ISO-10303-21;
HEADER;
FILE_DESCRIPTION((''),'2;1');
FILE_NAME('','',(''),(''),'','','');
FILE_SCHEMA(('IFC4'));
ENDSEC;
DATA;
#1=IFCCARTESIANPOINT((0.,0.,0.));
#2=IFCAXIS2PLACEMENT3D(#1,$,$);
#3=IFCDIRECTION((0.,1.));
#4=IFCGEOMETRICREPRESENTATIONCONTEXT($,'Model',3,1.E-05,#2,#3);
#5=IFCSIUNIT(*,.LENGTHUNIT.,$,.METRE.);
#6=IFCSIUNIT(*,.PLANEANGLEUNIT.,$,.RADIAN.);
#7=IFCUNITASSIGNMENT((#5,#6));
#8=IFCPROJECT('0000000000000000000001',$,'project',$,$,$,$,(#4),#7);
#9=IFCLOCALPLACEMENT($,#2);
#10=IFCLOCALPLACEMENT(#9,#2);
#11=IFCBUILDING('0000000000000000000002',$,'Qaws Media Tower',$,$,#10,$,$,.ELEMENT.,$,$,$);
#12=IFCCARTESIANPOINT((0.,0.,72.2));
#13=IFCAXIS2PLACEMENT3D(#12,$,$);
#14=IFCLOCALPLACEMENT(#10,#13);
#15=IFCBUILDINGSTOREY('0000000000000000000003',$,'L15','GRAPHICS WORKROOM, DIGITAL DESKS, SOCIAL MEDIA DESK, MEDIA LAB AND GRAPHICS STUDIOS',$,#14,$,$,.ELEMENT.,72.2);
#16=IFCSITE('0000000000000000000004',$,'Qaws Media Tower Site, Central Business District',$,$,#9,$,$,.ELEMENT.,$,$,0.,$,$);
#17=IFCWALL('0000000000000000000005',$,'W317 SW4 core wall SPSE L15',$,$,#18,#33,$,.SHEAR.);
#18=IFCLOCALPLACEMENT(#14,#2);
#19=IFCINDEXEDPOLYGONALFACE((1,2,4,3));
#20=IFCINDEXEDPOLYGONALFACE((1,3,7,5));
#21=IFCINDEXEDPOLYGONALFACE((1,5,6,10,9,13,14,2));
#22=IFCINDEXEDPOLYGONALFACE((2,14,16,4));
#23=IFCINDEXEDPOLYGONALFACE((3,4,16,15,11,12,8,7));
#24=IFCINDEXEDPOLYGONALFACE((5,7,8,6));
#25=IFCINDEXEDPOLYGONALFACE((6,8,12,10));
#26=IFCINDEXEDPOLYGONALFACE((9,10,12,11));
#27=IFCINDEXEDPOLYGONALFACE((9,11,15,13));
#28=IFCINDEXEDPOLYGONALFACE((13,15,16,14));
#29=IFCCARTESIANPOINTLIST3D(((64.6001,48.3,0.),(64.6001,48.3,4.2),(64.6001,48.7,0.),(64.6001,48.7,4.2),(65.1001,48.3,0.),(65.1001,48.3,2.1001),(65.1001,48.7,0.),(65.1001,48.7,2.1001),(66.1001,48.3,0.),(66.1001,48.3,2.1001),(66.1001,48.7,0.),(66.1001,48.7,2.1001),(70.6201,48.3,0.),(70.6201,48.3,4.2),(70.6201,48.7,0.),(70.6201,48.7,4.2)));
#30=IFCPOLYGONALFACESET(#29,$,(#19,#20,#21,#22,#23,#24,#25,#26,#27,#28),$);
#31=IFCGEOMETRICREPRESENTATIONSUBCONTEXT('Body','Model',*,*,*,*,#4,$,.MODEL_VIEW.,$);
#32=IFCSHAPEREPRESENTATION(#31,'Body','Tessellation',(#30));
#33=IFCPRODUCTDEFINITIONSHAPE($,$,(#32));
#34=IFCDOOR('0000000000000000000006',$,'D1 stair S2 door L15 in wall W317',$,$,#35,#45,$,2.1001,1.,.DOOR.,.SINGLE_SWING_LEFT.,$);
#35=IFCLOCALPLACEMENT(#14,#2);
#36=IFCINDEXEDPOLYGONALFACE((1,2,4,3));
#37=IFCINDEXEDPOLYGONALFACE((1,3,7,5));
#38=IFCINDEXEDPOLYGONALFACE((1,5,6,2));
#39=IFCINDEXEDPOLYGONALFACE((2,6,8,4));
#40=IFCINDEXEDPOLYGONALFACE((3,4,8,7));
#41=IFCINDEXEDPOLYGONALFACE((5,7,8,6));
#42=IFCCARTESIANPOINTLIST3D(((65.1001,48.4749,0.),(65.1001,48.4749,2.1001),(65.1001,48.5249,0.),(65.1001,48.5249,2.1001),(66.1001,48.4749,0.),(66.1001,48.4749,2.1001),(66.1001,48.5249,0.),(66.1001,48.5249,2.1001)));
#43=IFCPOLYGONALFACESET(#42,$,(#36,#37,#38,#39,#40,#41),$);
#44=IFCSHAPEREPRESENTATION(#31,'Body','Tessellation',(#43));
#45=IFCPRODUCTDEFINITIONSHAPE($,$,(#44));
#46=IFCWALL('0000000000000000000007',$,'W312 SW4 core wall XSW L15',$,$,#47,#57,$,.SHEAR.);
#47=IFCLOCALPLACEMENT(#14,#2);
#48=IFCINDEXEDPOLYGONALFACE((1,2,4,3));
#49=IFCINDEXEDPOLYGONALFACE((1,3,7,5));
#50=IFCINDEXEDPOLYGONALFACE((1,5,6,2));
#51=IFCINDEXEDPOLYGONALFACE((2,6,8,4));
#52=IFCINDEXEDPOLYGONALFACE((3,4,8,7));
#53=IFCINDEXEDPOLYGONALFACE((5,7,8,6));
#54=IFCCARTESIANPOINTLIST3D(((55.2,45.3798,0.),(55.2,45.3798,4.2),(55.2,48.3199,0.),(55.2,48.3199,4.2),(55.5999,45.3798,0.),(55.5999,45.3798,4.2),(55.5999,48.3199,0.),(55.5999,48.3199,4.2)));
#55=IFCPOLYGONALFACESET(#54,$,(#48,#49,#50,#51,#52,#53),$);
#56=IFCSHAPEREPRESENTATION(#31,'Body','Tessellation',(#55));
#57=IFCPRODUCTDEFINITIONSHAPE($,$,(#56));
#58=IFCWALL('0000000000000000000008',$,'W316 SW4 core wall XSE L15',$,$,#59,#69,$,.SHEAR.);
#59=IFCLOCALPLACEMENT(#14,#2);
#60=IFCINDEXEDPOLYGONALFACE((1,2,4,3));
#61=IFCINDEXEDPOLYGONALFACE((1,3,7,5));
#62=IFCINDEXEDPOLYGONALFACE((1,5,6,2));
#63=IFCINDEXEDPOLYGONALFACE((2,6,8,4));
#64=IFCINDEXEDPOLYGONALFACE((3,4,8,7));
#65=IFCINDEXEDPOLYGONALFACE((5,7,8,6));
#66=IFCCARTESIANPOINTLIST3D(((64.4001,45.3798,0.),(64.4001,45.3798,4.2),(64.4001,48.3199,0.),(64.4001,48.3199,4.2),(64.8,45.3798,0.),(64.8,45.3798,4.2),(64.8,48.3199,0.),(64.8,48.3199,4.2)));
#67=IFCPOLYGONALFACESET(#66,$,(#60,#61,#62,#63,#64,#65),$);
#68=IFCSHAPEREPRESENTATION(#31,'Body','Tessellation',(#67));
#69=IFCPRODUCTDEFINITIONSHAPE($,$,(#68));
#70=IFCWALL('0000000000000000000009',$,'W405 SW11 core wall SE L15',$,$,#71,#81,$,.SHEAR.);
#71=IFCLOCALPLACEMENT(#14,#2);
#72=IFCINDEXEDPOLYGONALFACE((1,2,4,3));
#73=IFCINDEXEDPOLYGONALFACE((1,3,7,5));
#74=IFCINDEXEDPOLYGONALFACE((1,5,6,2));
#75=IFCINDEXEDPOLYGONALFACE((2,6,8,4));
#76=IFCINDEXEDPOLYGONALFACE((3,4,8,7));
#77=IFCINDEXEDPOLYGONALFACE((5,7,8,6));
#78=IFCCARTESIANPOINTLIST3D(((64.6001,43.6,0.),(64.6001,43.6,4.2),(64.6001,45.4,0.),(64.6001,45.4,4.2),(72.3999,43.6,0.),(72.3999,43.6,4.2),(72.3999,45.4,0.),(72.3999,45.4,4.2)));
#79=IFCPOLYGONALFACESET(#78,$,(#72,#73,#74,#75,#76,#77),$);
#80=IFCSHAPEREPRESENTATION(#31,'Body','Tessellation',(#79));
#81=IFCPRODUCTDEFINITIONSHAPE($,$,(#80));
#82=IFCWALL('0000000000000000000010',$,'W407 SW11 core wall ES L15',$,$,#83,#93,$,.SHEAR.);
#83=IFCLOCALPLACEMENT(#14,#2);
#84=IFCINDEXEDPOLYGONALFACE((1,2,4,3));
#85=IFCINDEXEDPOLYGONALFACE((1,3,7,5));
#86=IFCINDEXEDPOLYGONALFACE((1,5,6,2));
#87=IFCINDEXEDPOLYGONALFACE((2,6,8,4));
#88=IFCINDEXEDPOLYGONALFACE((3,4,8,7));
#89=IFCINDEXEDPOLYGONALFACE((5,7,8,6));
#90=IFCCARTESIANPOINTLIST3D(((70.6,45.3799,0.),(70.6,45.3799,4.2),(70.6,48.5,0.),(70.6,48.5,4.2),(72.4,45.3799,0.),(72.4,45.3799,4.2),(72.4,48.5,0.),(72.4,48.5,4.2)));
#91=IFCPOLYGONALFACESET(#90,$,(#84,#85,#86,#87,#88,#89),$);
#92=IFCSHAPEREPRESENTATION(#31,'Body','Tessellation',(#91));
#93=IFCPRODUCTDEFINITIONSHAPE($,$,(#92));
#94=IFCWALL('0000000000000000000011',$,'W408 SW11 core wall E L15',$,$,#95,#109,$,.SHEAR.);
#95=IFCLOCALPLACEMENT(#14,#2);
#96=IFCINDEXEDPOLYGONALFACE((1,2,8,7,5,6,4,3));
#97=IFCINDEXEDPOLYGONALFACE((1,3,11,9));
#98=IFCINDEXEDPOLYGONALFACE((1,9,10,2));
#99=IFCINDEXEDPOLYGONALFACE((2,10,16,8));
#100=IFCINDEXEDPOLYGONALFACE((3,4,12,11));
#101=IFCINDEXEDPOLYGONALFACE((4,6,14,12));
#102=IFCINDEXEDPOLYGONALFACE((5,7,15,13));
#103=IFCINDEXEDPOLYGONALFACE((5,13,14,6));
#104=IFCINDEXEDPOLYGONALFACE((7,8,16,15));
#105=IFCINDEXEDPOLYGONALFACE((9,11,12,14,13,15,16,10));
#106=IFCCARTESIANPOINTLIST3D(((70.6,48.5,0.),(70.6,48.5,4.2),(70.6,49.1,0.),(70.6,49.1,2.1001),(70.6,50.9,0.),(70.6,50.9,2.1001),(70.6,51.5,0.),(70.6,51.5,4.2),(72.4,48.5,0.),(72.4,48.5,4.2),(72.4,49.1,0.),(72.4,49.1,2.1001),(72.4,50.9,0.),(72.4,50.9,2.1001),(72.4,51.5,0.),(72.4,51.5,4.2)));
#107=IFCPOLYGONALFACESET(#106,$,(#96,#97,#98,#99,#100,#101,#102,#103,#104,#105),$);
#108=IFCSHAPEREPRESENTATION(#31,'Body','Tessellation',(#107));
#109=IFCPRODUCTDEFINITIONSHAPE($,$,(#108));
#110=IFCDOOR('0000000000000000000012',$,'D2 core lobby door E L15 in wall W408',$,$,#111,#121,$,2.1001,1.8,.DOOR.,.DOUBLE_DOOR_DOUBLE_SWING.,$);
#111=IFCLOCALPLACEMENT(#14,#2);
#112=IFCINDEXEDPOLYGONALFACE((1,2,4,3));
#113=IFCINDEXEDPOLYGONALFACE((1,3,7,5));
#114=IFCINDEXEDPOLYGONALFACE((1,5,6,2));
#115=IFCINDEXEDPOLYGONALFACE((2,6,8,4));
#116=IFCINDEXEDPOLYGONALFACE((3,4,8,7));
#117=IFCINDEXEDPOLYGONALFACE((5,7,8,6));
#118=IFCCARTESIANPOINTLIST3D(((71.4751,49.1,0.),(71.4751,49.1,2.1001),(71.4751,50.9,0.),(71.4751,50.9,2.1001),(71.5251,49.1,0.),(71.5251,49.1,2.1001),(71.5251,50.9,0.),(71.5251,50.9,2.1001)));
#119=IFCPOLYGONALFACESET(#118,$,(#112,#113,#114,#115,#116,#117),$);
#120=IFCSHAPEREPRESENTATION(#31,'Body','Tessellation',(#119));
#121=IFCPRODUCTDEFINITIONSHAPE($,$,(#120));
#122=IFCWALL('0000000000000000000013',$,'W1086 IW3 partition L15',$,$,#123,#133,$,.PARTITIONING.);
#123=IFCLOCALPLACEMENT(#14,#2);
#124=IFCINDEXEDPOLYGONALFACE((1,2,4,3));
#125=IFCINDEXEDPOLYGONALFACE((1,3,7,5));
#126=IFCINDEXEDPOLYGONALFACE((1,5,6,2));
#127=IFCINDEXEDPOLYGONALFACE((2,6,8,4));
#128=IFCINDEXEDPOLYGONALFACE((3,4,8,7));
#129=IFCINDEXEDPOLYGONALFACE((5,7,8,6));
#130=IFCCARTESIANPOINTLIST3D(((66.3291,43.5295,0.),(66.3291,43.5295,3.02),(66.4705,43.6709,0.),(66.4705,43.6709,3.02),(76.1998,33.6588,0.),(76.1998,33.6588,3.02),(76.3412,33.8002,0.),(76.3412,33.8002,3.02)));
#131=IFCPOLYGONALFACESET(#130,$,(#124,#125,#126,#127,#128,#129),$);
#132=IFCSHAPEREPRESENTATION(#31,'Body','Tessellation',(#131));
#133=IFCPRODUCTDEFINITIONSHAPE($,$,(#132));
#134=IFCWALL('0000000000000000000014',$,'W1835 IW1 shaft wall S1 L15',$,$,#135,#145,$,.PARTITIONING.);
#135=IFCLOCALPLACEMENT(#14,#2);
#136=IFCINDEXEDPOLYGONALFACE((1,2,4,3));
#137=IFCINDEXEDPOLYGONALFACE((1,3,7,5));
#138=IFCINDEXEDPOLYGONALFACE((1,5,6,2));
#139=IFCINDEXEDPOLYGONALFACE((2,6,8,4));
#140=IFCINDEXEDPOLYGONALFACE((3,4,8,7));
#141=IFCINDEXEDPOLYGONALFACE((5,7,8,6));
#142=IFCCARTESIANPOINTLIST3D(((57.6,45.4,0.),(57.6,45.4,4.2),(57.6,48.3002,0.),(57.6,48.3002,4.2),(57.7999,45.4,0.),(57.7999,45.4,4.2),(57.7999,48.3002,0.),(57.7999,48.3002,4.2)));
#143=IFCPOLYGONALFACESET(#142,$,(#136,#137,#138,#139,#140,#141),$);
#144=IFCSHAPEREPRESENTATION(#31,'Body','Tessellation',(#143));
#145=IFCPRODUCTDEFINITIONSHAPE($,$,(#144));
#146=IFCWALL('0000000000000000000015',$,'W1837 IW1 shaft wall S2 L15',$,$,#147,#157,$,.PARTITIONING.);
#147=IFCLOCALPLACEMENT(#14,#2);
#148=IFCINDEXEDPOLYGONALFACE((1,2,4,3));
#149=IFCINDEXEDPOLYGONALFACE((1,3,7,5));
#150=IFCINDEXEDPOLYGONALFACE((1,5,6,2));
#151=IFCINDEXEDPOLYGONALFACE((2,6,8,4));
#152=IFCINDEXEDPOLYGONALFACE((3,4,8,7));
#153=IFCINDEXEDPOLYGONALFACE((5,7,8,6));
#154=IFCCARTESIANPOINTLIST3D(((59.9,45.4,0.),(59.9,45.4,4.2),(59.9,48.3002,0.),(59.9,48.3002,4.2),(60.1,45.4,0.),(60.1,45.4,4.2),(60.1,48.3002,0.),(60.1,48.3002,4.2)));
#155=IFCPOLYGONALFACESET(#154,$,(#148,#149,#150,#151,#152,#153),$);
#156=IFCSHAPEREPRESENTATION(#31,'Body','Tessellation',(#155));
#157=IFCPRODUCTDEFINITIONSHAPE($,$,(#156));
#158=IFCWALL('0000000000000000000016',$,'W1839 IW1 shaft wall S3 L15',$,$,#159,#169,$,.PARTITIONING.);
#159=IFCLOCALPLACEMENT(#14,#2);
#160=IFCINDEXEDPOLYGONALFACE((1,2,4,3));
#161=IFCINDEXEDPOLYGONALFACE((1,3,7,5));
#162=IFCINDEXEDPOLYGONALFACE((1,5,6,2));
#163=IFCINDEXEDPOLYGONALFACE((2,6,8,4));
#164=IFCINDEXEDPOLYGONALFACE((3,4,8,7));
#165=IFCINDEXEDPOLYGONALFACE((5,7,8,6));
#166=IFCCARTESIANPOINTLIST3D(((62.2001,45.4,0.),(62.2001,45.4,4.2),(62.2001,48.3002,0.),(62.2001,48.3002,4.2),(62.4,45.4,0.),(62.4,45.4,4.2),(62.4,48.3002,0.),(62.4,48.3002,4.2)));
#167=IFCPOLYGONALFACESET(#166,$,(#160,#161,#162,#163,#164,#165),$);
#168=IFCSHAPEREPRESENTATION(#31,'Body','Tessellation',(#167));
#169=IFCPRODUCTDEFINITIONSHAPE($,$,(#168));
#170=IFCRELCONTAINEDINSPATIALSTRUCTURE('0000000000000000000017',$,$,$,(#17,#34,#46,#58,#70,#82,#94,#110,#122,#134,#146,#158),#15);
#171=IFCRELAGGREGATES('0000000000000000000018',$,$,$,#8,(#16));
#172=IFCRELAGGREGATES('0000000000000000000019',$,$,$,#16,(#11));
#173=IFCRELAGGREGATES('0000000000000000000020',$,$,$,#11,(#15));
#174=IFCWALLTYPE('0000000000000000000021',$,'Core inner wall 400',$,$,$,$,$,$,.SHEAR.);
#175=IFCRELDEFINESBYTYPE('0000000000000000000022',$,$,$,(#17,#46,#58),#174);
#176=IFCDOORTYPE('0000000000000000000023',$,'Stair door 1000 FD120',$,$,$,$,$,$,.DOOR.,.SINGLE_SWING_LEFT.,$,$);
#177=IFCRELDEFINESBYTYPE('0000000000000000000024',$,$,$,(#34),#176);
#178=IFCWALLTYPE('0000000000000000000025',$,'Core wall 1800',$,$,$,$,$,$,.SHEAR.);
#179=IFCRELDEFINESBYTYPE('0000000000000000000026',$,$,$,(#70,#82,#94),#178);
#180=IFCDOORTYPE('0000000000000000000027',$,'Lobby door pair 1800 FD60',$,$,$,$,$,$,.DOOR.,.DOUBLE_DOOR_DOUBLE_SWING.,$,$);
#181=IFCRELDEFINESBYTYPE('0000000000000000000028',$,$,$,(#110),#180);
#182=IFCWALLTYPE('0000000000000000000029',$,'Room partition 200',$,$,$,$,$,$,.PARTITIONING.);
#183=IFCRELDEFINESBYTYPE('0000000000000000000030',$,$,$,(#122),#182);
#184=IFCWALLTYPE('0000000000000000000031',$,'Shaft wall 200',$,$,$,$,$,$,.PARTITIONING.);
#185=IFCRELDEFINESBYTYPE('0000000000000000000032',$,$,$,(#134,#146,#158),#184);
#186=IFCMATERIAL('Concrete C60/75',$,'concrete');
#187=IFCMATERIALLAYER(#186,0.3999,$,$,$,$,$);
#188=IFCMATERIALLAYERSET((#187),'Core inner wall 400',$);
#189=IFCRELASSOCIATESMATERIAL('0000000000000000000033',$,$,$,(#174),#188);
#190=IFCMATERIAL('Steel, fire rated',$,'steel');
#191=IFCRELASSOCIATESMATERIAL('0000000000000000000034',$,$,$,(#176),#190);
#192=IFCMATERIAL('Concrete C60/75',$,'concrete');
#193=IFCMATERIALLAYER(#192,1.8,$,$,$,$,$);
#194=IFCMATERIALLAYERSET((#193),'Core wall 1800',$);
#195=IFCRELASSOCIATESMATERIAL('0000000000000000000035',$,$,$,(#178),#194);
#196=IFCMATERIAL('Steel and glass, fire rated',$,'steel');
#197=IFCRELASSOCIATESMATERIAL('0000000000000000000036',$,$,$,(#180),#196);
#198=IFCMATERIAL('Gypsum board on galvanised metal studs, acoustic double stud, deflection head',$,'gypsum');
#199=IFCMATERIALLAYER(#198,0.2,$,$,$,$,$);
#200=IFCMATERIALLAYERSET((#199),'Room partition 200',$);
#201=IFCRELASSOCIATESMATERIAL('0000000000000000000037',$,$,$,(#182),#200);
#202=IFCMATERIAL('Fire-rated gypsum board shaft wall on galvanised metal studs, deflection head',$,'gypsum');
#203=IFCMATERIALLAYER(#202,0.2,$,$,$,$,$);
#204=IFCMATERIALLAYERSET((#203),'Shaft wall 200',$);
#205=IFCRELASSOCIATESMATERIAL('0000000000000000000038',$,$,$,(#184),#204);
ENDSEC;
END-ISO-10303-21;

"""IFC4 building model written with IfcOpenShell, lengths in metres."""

from ifc_helpers import new_model, si_unit, direction, frame, frame_2d, origin, place, context, subcontext, project, spatial, rectangle, extrude, material, layer, layer_set, type_object, element, fill, save


model = new_model("IFC4")

# Units and contexts
model_context = context("Model", 3, precision=1e-05, world=origin(), true_north=direction((0.0, 1.0)))
body_context = subcontext(model_context, "Body", "Model", "MODEL_VIEW")
ifc_project = project(units=[si_unit("LENGTHUNIT", "METRE"), si_unit("PLANEANGLEUNIT", "RADIAN")], contexts=[model_context])

# Site, building, storey
site_placement = place(None, origin())
site = spatial("IfcSite", under=ifc_project, at=site_placement, Name="Qaws Media Tower Site, Central Business District", CompositionType="ELEMENT", RefElevation=0.0)
building_placement = place(site_placement, origin())
building = spatial("IfcBuilding", under=site, at=building_placement, Name="Qaws Media Tower", CompositionType="ELEMENT")
storey_placement = place(building_placement, frame((0.0, 0.0, 72.2)))
storey = spatial("IfcBuildingStorey", under=building, at=storey_placement, Name="L15", Description="GRAPHICS WORKROOM, DIGITAL DESKS, SOCIAL MEDIA DESK, MEDIA LAB AND GRAPHICS STUDIOS", CompositionType="ELEMENT", Elevation=72.2)

# Wall, opening, door
ifc_material_1 = material(Name="Concrete C60/75", Category="concrete")
ifc_layer_1 = layer(ifc_material_1, 0.3999)
ifc_layer_set_1 = layer_set([ifc_layer_1], Name="Core inner wall 400")
wall_type_1 = type_object("IfcWallType", Name="Core inner wall 400", PredefinedType="SHEAR", material=ifc_layer_set_1)
wall_1_placement = place(storey_placement, frame((64.6001, 48.5, 0.0), z_axis=(0.0, 0.0, 1.0), x_axis=(1.0, 0.0, 0.0)))
wall_1 = element("IfcWall", 1, at=wall_1_placement, inside=storey, type_object=wall_type_1, Name="W317 SW4 core wall SPSE L15", PredefinedType="SHEAR", context=body_context, shape_type="SweptSolid", body=[
    extrude(rectangle(XDim=6.02, YDim=0.3999, at=frame_2d((3.01, 0.0))), origin(), (0.0, 0.0, 1.0), 4.2),
])
opening_1_placement = place(wall_1_placement, frame((0.5, 0.0, 0.0)))
opening_1 = element("IfcOpeningElement", 2, at=opening_1_placement, cuts=wall_1, PredefinedType="OPENING", context=body_context, shape_type="SweptSolid", body=[
    extrude(rectangle(XDim=1.0, YDim=2.1001, at=frame_2d((0.5, 1.05))), frame((0.0, 0.21, 0.0), z_axis=(0.0, -1.0, 0.0), x_axis=(1.0, 0.0, 0.0)), (0.0, 0.0, 1.0), 0.4199),
])
ifc_material_2 = material(Name="Steel, fire rated", Category="steel")
door_type_1 = type_object("IfcDoorType", Name="Stair door 1000 FD120", OperationType="SINGLE_SWING_LEFT", PredefinedType="DOOR", material=ifc_material_2)
door_1_placement = place(opening_1_placement, origin())
door_1 = element("IfcDoor", 3, at=door_1_placement, inside=storey, type_object=door_type_1, Name="D1 stair S2 door L15 in wall W317", OperationType="SINGLE_SWING_LEFT", OverallHeight=2.1001, OverallWidth=1.0, PredefinedType="DOOR", context=body_context, shape_type="SweptSolid", body=[
    extrude(rectangle(XDim=1.0, YDim=2.1001, at=frame_2d((0.5, 1.05))), frame((0.0, 0.0249, 0.0), z_axis=(0.0, -1.0, 0.0), x_axis=(1.0, 0.0, 0.0)), (0.0, 0.0, 1.0), 0.05),
])
fill(opening_1, door_1)

# Walls
for number, where, z_axis, x_axis, name in (
    (4, (55.3999, 48.3201, 0.0), (0.0, 0.0, 1.0), (0.0, -1.0, 0.0), "W312 SW4 core wall XSW L15"),
    (5, (64.6001, 48.3201, 0.0), (0.0, 0.0, 1.0), (0.0, -1.0, 0.0), "W316 SW4 core wall XSE L15"),
):
    element("IfcWall", number, at=place(storey_placement, frame(where, z_axis=z_axis, x_axis=x_axis)), inside=storey, type_object=wall_type_1, Name=name, PredefinedType="SHEAR", context=body_context, shape_type="SweptSolid", body=[
        extrude(rectangle(XDim=2.9402, YDim=0.3999, at=frame_2d((1.4702, 0.0))), origin(), (0.0, 0.0, 1.0), 4.2),
    ])
ifc_material_3 = material(Name="Concrete C60/75", Category="concrete")
ifc_layer_2 = layer(ifc_material_3, 1.8)
ifc_layer_set_2 = layer_set([ifc_layer_2], Name="Core wall 1800")
wall_type_2 = type_object("IfcWallType", Name="Core wall 1800", PredefinedType="SHEAR", material=ifc_layer_set_2)
wall_2_placement = place(storey_placement, frame((64.6001, 44.5, 0.0), z_axis=(0.0, 0.0, 1.0), x_axis=(1.0, 0.0, 0.0)))
element("IfcWall", 6, at=wall_2_placement, inside=storey, type_object=wall_type_2, Name="W405 SW11 core wall SE L15", PredefinedType="SHEAR", context=body_context, shape_type="SweptSolid", body=[
    extrude(rectangle(XDim=7.7998, YDim=1.8, at=frame_2d((3.8999, 0.0))), origin(), (0.0, 0.0, 1.0), 4.2),
])
wall_3_placement = place(storey_placement, frame((71.5, 45.3799, 0.0), z_axis=(0.0, 0.0, 1.0), x_axis=(0.0, 1.0, 0.0)))
element("IfcWall", 7, at=wall_3_placement, inside=storey, type_object=wall_type_2, Name="W407 SW11 core wall ES L15", PredefinedType="SHEAR", context=body_context, shape_type="SweptSolid", body=[
    extrude(rectangle(XDim=3.1201, YDim=1.8, at=frame_2d((1.5601, 0.0))), origin(), (0.0, 0.0, 1.0), 4.2),
])

# Wall, opening, door
wall_4_placement = place(storey_placement, frame((71.5, 48.5, 0.0), z_axis=(0.0, 0.0, 1.0), x_axis=(0.0, 1.0, 0.0)))
wall_4 = element("IfcWall", 8, at=wall_4_placement, inside=storey, type_object=wall_type_2, Name="W408 SW11 core wall E L15", PredefinedType="SHEAR", context=body_context, shape_type="SweptSolid", body=[
    extrude(rectangle(XDim=3.0, YDim=1.8, at=frame_2d((1.5, 0.0))), origin(), (0.0, 0.0, 1.0), 4.2),
])
opening_2_placement = place(wall_4_placement, frame((0.6001, 0.0, 0.0)))
opening_2 = element("IfcOpeningElement", 9, at=opening_2_placement, cuts=wall_4, PredefinedType="OPENING", context=body_context, shape_type="SweptSolid", body=[
    extrude(rectangle(XDim=1.8, YDim=2.1001, at=frame_2d((0.8999, 1.05))), frame((0.0, 0.9099, 0.0), z_axis=(0.0, -1.0, 0.0), x_axis=(1.0, 0.0, 0.0)), (0.0, 0.0, 1.0), 1.8201),
])
ifc_material_4 = material(Name="Steel and glass, fire rated", Category="steel")
door_type_2 = type_object("IfcDoorType", Name="Lobby door pair 1800 FD60", OperationType="DOUBLE_DOOR_DOUBLE_SWING", PredefinedType="DOOR", material=ifc_material_4)
door_2_placement = place(opening_2_placement, origin())
door_2 = element("IfcDoor", 10, at=door_2_placement, inside=storey, type_object=door_type_2, Name="D2 core lobby door E L15 in wall W408", OperationType="DOUBLE_DOOR_DOUBLE_SWING", OverallHeight=2.1001, OverallWidth=1.8, PredefinedType="DOOR", context=body_context, shape_type="SweptSolid", body=[
    extrude(rectangle(XDim=1.8, YDim=2.1001, at=frame_2d((0.8999, 1.05))), frame((0.0, 0.0249, 0.0), z_axis=(0.0, -1.0, 0.0), x_axis=(1.0, 0.0, 0.0)), (0.0, 0.0, 1.0), 0.05),
])
fill(opening_2, door_2)

# Walls
ifc_material_5 = material(Name="Gypsum board on galvanised metal studs, acoustic double stud, deflection head", Category="gypsum")
ifc_layer_3 = layer(ifc_material_5, 0.2)
ifc_layer_set_3 = layer_set([ifc_layer_3], Name="Room partition 200")
wall_type_3 = type_object("IfcWallType", Name="Room partition 200", PredefinedType="PARTITIONING", material=ifc_layer_set_3)
wall_5_placement = place(storey_placement, frame((66.3999, 43.6001, 0.0), z_axis=(0.0, 0.0, 1.0), x_axis=(0.707107, -0.707107, 0.0)))
element("IfcWall", 11, at=wall_5_placement, inside=storey, type_object=wall_type_3, Name="W1086 IW3 partition L15", PredefinedType="PARTITIONING", context=body_context, shape_type="SweptSolid", body=[
    extrude(rectangle(XDim=13.9592, YDim=0.2, at=frame_2d((6.9795, 0.0))), origin(), (0.0, 0.0, 1.0), 3.02),
])
ifc_material_6 = material(Name="Fire-rated gypsum board shaft wall on galvanised metal studs, deflection head", Category="gypsum")
ifc_layer_4 = layer(ifc_material_6, 0.2)
ifc_layer_set_4 = layer_set([ifc_layer_4], Name="Shaft wall 200")
wall_type_4 = type_object("IfcWallType", Name="Shaft wall 200", PredefinedType="PARTITIONING", material=ifc_layer_set_4)
for number, where, z_axis, x_axis, name in (
    (12, (57.7, 45.3999, 0.0), (0.0, 0.0, 1.0), (0.0, 1.0, 0.0), "W1835 IW1 shaft wall S1 L15"),
    (13, (60.0, 45.3999, 0.0), (0.0, 0.0, 1.0), (0.0, 1.0, 0.0), "W1837 IW1 shaft wall S2 L15"),
    (14, (62.3, 45.3999, 0.0), (0.0, 0.0, 1.0), (0.0, 1.0, 0.0), "W1839 IW1 shaft wall S3 L15"),
):
    element("IfcWall", number, at=place(storey_placement, frame(where, z_axis=z_axis, x_axis=x_axis)), inside=storey, type_object=wall_type_4, Name=name, PredefinedType="PARTITIONING", context=body_context, shape_type="SweptSolid", body=[
        extrude(rectangle(XDim=2.9001, YDim=0.2, at=frame_2d((1.4502, 0.0))), origin(), (0.0, 0.0, 1.0), 4.2),
    ])

save(model, "model.ifc")
